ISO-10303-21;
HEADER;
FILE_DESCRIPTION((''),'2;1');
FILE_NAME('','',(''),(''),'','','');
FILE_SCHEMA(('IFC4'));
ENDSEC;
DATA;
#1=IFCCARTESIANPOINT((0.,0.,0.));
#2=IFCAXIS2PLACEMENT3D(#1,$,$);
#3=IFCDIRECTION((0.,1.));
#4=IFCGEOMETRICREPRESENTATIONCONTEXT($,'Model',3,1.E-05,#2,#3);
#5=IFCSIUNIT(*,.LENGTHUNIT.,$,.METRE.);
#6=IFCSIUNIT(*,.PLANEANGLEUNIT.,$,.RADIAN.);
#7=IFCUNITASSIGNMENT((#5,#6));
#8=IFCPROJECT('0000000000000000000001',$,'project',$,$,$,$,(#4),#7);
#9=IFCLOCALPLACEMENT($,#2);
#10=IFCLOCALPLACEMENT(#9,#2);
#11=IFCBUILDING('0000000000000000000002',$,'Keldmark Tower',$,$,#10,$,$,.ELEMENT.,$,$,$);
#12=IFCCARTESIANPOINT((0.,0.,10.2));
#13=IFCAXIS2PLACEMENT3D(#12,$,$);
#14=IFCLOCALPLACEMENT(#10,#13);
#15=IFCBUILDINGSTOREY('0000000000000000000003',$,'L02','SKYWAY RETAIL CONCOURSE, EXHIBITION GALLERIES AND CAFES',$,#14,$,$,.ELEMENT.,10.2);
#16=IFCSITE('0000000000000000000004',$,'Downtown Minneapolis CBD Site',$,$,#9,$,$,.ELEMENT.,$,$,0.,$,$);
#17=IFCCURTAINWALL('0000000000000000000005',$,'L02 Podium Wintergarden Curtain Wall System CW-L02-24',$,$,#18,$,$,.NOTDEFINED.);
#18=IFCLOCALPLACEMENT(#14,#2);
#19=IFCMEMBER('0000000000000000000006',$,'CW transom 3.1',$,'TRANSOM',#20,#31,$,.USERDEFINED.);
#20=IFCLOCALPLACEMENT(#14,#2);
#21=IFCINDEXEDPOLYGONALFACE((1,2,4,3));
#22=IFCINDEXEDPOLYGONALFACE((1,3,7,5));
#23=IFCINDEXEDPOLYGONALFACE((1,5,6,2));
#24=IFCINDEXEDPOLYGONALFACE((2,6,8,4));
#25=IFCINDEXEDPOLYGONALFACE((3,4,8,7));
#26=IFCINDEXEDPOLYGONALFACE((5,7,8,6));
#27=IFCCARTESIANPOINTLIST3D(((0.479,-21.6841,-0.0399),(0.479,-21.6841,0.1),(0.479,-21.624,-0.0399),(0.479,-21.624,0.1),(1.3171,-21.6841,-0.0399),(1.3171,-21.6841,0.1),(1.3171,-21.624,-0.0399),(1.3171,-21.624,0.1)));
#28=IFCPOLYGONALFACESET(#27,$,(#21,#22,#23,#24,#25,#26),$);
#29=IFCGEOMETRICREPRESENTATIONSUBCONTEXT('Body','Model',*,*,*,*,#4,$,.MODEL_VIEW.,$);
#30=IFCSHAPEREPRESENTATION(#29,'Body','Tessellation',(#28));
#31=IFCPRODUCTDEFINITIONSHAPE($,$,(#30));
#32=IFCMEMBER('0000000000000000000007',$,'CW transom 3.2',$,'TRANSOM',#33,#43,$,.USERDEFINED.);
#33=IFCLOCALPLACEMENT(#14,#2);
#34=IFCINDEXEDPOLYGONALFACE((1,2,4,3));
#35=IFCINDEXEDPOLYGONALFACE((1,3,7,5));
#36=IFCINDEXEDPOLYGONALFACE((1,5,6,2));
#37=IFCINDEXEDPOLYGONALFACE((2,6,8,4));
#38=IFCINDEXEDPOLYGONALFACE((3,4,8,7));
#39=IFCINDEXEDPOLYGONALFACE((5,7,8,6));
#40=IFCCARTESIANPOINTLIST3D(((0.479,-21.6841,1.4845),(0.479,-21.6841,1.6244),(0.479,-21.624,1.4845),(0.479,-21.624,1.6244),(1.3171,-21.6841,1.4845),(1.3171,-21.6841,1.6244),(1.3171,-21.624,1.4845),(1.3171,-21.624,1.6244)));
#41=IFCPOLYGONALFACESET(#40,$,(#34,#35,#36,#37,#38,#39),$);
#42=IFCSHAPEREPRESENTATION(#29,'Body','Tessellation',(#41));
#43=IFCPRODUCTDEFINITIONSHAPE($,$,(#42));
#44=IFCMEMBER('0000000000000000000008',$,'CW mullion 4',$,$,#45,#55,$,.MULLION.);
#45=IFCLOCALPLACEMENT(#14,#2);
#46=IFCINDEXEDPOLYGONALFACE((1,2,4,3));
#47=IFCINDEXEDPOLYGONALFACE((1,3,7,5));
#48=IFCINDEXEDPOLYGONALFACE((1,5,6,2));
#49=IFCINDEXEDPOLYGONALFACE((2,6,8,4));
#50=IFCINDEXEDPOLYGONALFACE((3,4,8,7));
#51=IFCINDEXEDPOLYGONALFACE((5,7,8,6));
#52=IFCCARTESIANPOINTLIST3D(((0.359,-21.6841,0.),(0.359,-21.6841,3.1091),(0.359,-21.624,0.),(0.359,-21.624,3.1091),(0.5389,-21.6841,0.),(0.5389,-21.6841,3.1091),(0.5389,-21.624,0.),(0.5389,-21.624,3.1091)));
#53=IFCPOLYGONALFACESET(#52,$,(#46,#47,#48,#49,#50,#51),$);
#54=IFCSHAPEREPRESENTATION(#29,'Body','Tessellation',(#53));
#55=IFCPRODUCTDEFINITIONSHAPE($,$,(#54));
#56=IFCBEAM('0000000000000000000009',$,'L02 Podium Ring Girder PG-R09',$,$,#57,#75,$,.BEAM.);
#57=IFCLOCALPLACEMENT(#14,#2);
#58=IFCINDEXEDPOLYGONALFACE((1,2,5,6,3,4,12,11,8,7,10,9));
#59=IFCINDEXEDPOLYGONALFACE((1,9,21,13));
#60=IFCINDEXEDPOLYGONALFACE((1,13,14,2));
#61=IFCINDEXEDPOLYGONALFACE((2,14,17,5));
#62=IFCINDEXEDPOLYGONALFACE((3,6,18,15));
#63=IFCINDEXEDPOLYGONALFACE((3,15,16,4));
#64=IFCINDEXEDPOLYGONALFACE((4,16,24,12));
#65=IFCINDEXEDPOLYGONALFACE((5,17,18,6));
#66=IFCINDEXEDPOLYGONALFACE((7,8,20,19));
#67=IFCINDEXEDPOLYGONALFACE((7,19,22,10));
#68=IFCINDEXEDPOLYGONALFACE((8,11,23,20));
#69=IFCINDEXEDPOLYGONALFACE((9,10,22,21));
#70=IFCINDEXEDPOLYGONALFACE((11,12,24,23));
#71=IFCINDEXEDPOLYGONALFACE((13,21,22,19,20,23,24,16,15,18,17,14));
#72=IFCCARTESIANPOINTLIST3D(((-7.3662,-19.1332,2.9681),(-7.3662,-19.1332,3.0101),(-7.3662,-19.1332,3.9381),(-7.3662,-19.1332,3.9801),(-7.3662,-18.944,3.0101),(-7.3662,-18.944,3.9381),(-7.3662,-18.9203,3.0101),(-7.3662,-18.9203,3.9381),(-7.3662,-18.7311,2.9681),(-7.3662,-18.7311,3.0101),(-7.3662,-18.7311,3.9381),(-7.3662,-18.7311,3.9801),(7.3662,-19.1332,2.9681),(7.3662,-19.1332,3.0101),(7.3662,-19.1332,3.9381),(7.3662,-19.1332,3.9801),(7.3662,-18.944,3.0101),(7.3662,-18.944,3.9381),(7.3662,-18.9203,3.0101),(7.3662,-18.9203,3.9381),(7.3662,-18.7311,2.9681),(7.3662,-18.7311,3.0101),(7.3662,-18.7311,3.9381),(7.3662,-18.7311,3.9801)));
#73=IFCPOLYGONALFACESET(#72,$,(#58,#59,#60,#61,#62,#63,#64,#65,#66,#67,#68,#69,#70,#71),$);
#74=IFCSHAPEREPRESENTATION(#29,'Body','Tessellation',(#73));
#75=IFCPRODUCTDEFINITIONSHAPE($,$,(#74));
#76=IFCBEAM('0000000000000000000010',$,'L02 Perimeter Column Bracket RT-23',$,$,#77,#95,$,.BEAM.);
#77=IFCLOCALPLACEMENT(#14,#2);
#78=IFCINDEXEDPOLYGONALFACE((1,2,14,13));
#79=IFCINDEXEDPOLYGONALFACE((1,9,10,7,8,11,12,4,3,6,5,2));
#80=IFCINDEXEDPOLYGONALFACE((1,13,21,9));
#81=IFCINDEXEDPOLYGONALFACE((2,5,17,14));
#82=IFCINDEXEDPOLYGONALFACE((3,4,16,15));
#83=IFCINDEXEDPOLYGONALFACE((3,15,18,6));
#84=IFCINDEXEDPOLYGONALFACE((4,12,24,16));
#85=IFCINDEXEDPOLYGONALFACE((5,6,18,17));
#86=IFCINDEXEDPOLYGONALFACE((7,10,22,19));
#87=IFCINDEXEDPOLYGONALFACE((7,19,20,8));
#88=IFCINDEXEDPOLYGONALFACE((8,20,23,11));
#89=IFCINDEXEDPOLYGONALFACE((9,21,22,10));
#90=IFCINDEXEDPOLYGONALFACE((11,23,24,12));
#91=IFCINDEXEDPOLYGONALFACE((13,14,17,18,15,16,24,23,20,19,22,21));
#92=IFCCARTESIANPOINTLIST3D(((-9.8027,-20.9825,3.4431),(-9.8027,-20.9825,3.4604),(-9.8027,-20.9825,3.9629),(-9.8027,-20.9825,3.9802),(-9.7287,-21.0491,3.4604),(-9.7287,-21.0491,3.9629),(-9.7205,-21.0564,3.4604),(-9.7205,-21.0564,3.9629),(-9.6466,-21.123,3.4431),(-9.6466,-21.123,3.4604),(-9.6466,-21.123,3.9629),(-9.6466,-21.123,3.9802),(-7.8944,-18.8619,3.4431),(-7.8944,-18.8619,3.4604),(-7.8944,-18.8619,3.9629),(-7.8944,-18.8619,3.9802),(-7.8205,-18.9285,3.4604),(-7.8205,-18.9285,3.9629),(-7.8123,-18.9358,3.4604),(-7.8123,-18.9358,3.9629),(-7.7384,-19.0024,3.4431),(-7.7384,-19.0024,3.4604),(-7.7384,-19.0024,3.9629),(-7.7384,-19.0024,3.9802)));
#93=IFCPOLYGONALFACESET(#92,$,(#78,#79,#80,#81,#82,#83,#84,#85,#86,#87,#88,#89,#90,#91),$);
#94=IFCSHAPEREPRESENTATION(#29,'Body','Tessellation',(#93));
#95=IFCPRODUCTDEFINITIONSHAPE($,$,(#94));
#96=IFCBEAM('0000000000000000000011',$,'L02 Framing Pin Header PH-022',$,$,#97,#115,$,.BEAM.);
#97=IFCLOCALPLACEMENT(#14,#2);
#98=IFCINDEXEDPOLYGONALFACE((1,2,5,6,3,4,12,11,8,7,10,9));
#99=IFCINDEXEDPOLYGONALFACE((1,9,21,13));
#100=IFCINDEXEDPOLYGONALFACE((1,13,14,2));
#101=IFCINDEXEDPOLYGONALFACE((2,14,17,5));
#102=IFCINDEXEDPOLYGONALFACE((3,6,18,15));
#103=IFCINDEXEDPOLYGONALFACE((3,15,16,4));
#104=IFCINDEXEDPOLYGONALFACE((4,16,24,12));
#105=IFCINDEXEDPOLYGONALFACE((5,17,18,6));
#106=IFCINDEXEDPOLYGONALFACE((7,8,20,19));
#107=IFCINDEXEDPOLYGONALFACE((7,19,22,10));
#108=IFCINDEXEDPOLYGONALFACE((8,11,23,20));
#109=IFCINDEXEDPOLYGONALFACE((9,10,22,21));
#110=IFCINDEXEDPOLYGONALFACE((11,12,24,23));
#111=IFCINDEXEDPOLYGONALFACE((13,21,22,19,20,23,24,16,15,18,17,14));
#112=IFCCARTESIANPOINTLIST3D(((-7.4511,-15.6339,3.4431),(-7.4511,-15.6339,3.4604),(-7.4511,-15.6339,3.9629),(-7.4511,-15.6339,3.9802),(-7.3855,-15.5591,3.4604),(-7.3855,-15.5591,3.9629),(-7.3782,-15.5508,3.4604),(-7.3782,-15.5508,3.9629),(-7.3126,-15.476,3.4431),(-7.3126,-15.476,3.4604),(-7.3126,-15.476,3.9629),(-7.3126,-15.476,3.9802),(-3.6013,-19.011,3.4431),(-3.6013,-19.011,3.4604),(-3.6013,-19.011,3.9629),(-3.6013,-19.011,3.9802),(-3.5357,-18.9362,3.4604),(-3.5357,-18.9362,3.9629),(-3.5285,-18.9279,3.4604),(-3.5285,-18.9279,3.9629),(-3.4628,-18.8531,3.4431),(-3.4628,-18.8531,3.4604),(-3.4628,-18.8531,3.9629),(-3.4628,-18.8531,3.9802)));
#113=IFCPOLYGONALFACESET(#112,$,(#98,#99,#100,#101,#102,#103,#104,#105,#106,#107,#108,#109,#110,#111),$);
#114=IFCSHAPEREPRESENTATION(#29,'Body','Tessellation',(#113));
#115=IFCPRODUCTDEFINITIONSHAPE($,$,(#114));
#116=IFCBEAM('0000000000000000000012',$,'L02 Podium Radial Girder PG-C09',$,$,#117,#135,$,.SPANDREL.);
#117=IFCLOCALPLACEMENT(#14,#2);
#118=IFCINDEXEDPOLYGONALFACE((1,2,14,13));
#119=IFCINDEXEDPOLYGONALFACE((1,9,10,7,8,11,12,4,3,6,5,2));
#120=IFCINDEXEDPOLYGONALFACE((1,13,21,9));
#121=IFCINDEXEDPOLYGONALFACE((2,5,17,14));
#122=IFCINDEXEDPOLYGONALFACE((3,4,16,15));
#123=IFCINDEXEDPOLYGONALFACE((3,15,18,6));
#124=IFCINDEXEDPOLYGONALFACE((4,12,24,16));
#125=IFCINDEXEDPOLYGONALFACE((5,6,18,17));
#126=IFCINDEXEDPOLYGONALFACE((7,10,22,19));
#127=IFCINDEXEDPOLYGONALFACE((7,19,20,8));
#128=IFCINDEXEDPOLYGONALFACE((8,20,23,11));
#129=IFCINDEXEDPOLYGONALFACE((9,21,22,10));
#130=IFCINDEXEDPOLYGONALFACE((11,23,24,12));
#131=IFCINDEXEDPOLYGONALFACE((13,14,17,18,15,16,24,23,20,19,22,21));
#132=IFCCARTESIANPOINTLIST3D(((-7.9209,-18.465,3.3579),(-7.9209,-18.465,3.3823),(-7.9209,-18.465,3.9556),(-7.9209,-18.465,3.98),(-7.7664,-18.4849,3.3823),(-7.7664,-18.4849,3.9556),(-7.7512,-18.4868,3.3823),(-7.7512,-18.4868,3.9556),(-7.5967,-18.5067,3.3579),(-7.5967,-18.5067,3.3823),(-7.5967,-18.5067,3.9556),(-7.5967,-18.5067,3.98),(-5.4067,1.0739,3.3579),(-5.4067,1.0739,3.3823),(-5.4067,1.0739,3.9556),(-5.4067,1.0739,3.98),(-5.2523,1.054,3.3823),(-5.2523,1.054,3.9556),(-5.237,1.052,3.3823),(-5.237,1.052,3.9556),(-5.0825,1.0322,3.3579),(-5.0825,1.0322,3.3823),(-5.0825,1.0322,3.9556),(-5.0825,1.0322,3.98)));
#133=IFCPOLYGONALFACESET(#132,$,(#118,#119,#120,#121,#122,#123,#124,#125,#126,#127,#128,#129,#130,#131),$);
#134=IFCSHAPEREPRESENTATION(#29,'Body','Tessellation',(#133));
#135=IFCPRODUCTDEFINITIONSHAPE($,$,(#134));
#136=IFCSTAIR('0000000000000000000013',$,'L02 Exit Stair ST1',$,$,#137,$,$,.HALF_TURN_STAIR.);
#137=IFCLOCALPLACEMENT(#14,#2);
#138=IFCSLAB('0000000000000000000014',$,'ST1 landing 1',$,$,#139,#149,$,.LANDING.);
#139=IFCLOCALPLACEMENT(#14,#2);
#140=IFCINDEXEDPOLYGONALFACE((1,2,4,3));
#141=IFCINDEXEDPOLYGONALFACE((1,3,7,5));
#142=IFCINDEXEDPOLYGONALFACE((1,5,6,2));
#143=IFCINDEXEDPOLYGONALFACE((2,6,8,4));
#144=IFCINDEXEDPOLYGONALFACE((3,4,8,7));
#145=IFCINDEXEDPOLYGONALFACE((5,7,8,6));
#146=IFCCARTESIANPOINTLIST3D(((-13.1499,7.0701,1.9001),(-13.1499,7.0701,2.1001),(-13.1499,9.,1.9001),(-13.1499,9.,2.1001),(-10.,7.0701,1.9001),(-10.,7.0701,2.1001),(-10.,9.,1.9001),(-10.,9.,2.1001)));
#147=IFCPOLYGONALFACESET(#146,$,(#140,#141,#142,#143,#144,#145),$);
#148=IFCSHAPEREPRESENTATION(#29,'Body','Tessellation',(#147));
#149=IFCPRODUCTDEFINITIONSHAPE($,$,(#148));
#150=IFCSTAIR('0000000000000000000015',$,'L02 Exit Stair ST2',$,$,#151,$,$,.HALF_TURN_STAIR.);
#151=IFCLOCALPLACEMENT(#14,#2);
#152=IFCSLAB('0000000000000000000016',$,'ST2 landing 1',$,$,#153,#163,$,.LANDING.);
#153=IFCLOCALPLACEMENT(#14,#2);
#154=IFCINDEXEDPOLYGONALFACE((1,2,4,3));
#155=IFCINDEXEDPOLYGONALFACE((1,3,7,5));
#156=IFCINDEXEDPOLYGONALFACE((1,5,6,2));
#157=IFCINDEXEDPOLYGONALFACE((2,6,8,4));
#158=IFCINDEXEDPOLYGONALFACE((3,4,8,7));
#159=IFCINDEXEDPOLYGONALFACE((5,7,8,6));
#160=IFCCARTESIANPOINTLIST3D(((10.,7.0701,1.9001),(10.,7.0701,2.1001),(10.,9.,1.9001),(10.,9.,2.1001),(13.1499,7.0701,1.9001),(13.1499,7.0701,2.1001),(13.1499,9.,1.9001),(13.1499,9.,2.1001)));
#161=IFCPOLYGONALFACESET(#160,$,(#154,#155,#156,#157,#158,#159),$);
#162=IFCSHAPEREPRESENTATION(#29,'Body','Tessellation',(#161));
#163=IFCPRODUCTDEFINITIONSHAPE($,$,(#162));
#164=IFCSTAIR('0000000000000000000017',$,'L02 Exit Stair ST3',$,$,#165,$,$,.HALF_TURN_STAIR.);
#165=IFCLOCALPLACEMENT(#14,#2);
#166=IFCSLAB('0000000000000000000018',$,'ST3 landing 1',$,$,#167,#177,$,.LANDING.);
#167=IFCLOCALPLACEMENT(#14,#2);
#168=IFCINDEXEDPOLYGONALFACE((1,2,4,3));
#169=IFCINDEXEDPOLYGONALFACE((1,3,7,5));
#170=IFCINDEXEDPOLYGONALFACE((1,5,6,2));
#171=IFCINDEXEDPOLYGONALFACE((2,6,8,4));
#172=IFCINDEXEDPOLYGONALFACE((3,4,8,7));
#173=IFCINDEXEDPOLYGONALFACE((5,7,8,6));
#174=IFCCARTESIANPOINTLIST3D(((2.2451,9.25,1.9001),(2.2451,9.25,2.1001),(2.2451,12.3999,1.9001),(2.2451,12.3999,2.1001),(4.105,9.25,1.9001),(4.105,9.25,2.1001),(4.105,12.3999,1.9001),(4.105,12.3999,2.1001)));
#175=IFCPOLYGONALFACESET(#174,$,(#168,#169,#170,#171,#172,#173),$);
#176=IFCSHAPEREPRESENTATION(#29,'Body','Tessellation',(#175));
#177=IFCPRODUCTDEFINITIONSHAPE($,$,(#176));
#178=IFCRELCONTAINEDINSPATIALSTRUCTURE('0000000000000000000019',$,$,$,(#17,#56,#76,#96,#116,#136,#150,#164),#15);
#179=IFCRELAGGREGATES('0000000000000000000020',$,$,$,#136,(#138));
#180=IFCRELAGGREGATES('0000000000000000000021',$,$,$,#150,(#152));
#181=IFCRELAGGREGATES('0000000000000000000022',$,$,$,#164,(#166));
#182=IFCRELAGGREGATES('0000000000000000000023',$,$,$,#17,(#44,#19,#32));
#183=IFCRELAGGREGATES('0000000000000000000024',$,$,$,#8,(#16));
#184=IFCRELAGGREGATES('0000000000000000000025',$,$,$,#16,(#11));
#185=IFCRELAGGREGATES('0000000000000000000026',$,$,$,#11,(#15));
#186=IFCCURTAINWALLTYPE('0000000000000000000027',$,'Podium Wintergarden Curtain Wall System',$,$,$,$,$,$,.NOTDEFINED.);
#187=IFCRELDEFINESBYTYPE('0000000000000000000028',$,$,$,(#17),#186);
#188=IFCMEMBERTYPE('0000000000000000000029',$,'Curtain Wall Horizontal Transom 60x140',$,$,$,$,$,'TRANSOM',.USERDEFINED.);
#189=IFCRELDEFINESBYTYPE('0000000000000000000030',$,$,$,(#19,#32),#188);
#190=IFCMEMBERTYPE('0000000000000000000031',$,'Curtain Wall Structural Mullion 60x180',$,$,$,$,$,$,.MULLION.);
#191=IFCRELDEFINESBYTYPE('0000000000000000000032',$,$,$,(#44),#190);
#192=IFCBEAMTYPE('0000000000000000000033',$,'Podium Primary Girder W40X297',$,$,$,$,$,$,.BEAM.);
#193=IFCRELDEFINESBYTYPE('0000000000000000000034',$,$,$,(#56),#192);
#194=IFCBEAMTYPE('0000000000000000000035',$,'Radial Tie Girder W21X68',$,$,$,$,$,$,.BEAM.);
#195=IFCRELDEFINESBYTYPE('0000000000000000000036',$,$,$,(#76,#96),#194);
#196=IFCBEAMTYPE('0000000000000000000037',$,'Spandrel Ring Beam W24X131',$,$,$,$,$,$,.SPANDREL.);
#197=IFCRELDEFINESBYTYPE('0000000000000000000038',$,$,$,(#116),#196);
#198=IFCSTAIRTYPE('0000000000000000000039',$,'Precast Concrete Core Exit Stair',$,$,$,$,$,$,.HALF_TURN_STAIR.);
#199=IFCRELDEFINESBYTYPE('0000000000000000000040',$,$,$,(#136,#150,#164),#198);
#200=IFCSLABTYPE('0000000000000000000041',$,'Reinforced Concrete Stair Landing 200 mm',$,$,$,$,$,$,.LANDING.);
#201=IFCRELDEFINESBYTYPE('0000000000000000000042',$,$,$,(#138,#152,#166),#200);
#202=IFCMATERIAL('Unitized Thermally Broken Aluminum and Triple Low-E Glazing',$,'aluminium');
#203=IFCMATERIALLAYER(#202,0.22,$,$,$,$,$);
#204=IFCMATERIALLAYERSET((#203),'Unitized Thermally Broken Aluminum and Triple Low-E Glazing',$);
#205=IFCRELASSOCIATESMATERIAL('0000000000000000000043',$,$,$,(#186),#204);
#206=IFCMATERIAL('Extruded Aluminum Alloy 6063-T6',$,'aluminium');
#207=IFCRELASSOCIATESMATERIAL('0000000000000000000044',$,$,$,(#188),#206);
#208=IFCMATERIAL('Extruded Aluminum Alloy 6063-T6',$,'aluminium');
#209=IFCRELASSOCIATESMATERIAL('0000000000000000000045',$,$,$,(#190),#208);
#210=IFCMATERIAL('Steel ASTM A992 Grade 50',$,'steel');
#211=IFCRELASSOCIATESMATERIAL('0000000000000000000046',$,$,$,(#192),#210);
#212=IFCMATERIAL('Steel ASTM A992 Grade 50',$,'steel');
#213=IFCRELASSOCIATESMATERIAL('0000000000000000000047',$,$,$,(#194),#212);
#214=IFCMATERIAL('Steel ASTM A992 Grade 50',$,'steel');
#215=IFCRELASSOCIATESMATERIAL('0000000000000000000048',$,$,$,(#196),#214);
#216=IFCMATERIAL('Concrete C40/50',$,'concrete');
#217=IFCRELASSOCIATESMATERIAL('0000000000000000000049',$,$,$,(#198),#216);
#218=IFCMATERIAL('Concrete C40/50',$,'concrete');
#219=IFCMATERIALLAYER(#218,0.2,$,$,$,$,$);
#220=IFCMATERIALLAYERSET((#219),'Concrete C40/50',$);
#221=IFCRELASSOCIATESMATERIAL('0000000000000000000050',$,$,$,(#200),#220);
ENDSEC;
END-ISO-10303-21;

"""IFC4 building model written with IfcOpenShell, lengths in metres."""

from ifc_helpers import new_model, si_unit, direction, frame, origin, origin_2d, place, context, subcontext, project, spatial, polyline, rectangle, i_section, outline, extrude, material, layer, layer_set, material_profile, profile_set, type_object, element, aggregate, save


model = new_model("IFC4")

# Units and contexts
model_context = context("Model", 3, precision=1e-05, world=origin(), true_north=direction((0.0, 1.0)))
body_context = subcontext(model_context, "Body", "Model", "MODEL_VIEW")
ifc_project = project(units=[si_unit("LENGTHUNIT", "METRE"), si_unit("PLANEANGLEUNIT", "RADIAN")], contexts=[model_context])

# Site, building, storey
site_placement = place(None, origin())
site = spatial("IfcSite", under=ifc_project, at=site_placement, Name="Downtown Minneapolis CBD Site", CompositionType="ELEMENT", RefElevation=0.0)
building_placement = place(site_placement, origin())
building = spatial("IfcBuilding", under=site, at=building_placement, Name="Keldmark Tower", CompositionType="ELEMENT")
storey_placement = place(building_placement, frame((0.0, 0.0, 10.2)))
storey = spatial("IfcBuildingStorey", under=building, at=storey_placement, Name="L02", Description="SKYWAY RETAIL CONCOURSE, EXHIBITION GALLERIES AND CAFES", CompositionType="ELEMENT", Elevation=10.2)

# Curtain wall, members
ifc_material_1 = material(Name="Unitized Thermally Broken Aluminum and Triple Low-E Glazing", Category="aluminium")
ifc_layer_1 = layer(ifc_material_1, 0.22)
ifc_layer_set_1 = layer_set([ifc_layer_1], Name="Unitized Thermally Broken Aluminum and Triple Low-E Glazing")
curtain_wall_type = type_object("IfcCurtainWallType", Name="Podium Wintergarden Curtain Wall System", PredefinedType="NOTDEFINED", material=ifc_layer_set_1)
curtain_wall_placement = place(storey_placement, origin())
curtain_wall = element("IfcCurtainWall", 1, at=curtain_wall_placement, inside=storey, type_object=curtain_wall_type, Name="L02 Podium Wintergarden Curtain Wall System CW-L02-24", PredefinedType="NOTDEFINED")
ifc_material_2 = material(Name="Extruded Aluminum Alloy 6063-T6", Category="aluminium")
ifc_material_profile_1 = material_profile(ifc_material_2, rectangle(XDim=0.0601, YDim=0.1399, at=origin_2d()), Name="CWT60X140")
ifc_profile_set_1 = profile_set([ifc_material_profile_1], Name="Extruded Aluminum Alloy 6063-T6")
member_type_1 = type_object("IfcMemberType", Name="Curtain Wall Horizontal Transom 60x140", ElementType="TRANSOM", PredefinedType="USERDEFINED", material=ifc_profile_set_1)
member_1_placement = place(storey_placement, frame((1.3171, -21.6541, 0.03), z_axis=(-1.0, 0.0, 0.0), x_axis=(0.0, -1.0, 0.0)))
member_1 = element("IfcMember", 2, at=member_1_placement, type_object=member_type_1, Name="CW transom 3.1", ObjectType="TRANSOM", PredefinedType="USERDEFINED", context=body_context, shape_type="SweptSolid", body=[
    extrude(rectangle(XDim=0.0601, YDim=0.1399, at=origin_2d()), origin(), (0.0, 0.0, 1.0), 0.8381),
])
member_2_placement = place(storey_placement, frame((1.3171, -21.6541, 1.5544), z_axis=(-1.0, 0.0, 0.0), x_axis=(0.0, -1.0, 0.0)))
member_2 = element("IfcMember", 3, at=member_2_placement, type_object=member_type_1, Name="CW transom 3.2", ObjectType="TRANSOM", PredefinedType="USERDEFINED", context=body_context, shape_type="SweptSolid", body=[
    extrude(rectangle(XDim=0.0601, YDim=0.1399, at=origin_2d()), origin(), (0.0, 0.0, 1.0), 0.8381),
])
ifc_material_3 = material(Name="Extruded Aluminum Alloy 6063-T6", Category="aluminium")
ifc_material_profile_2 = material_profile(ifc_material_3, rectangle(XDim=0.0601, YDim=0.1799, at=origin_2d()), Name="CWM60X180")
ifc_profile_set_2 = profile_set([ifc_material_profile_2], Name="Extruded Aluminum Alloy 6063-T6")
member_type_2 = type_object("IfcMemberType", Name="Curtain Wall Structural Mullion 60x180", PredefinedType="MULLION", material=ifc_profile_set_2)
member_3_placement = place(storey_placement, frame((0.449, -21.6541, 0.0), z_axis=(0.0, 0.0, 1.0), x_axis=(0.0, -1.0, 0.0)))
member_3 = element("IfcMember", 4, at=member_3_placement, type_object=member_type_2, Name="CW mullion 4", PredefinedType="MULLION", context=body_context, shape_type="SweptSolid", body=[
    extrude(rectangle(XDim=0.0601, YDim=0.1799, at=origin_2d()), origin(), (0.0, 0.0, 1.0), 3.1091),
])

# Beams
ifc_material_4 = material(Name="Steel ASTM A992 Grade 50", Category="steel")
ifc_material_profile_3 = material_profile(ifc_material_4, i_section(OverallWidth=0.4021, OverallDepth=1.012, WebThickness=0.0237, FlangeThickness=0.042, at=origin_2d()), Name="W40X297")
ifc_profile_set_3 = profile_set([ifc_material_profile_3], Name="Steel ASTM A992 Grade 50")
beam_type_1 = type_object("IfcBeamType", Name="Podium Primary Girder W40X297", PredefinedType="BEAM", material=ifc_profile_set_3)
beam_1_placement = place(storey_placement, frame((-7.3662, -18.9321, 3.4741), z_axis=(1.0, 0.0, 0.0), x_axis=(0.0, 1.0, 0.0)))
element("IfcBeam", 5, at=beam_1_placement, inside=storey, type_object=beam_type_1, Name="L02 Podium Ring Girder PG-R09", PredefinedType="BEAM", context=body_context, shape_type="SweptSolid", body=[
    extrude(i_section(OverallWidth=0.4021, OverallDepth=1.012, WebThickness=0.0237, FlangeThickness=0.042, at=origin_2d()), origin(), (0.0, 0.0, 1.0), 14.7324),
])
ifc_material_5 = material(Name="Steel ASTM A992 Grade 50", Category="steel")
ifc_material_profile_4 = material_profile(ifc_material_5, i_section(OverallWidth=0.21, OverallDepth=0.5371, WebThickness=0.011, FlangeThickness=0.0173, at=origin_2d()), Name="W21X68")
ifc_profile_set_4 = profile_set([ifc_material_profile_4], Name="Steel ASTM A992 Grade 50")
beam_type_2 = type_object("IfcBeamType", Name="Radial Tie Girder W21X68", PredefinedType="BEAM", material=ifc_profile_set_4)
beam_2_placement = place(storey_placement, frame((-7.8164, -18.9321, 3.7117), z_axis=(-0.668899, -0.743354, 0.0), x_axis=(0.743354, -0.668899, 0.0)))
element("IfcBeam", 6, at=beam_2_placement, inside=storey, type_object=beam_type_2, Name="L02 Perimeter Column Bracket RT-23", PredefinedType="BEAM", context=body_context, shape_type="SweptSolid", body=[
    extrude(i_section(OverallWidth=0.21, OverallDepth=0.5371, WebThickness=0.011, FlangeThickness=0.0173, at=origin_2d()), origin(), (0.0, 0.0, 1.0), 2.8528),
])
beam_3_placement = place(storey_placement, frame((-7.3818, -15.5549, 3.7117), z_axis=(0.751746, -0.659452, 0.0), x_axis=(0.659452, 0.751746, 0.0)))
element("IfcBeam", 7, at=beam_3_placement, inside=storey, type_object=beam_type_2, Name="L02 Framing Pin Header PH-022", PredefinedType="BEAM", context=body_context, shape_type="SweptSolid", body=[
    extrude(i_section(OverallWidth=0.21, OverallDepth=0.5371, WebThickness=0.011, FlangeThickness=0.0173, at=origin_2d()), origin(), (0.0, 0.0, 1.0), 5.1211),
])
ifc_material_6 = material(Name="Steel ASTM A992 Grade 50", Category="steel")
ifc_material_profile_5 = material_profile(ifc_material_6, i_section(OverallWidth=0.3269, OverallDepth=0.6221, WebThickness=0.0154, FlangeThickness=0.0244, at=origin_2d()), Name="W24X131")
ifc_profile_set_5 = profile_set([ifc_material_profile_5], Name="Steel ASTM A992 Grade 50")
beam_type_3 = type_object("IfcBeamType", Name="Spandrel Ring Beam W24X131", PredefinedType="SPANDREL", material=ifc_profile_set_5)
beam_4_placement = place(storey_placement, frame((-7.7588, -18.4858, 3.6689), z_axis=(0.127623, 0.991823, 0.0), x_axis=(-0.991823, 0.127623, 0.0)))
element("IfcBeam", 8, at=beam_4_placement, inside=storey, type_object=beam_type_3, Name="L02 Podium Radial Girder PG-C09", PredefinedType="SPANDREL", context=body_context, shape_type="SweptSolid", body=[
    extrude(i_section(OverallWidth=0.3269, OverallDepth=0.6221, WebThickness=0.0154, FlangeThickness=0.0244, at=origin_2d()), origin(), (0.0, 0.0, 1.0), 19.7),
])

# Stairs, slabs
ifc_material_7 = material(Name="Concrete C40/50", Category="concrete")
stair_type = type_object("IfcStairType", Name="Precast Concrete Core Exit Stair", PredefinedType="HALF_TURN_STAIR", material=ifc_material_7)
stair_1_placement = place(storey_placement, origin())
stair_1 = element("IfcStair", 9, at=stair_1_placement, inside=storey, type_object=stair_type, Name="L02 Exit Stair ST1", PredefinedType="HALF_TURN_STAIR")
ifc_material_8 = material(Name="Concrete C40/50", Category="concrete")
ifc_layer_2 = layer(ifc_material_8, 0.2)
ifc_layer_set_2 = layer_set([ifc_layer_2], Name="Concrete C40/50")
slab_type_1 = type_object("IfcSlabType", Name="Reinforced Concrete Stair Landing 200 mm", PredefinedType="LANDING", material=ifc_layer_set_2)
slab_1_placement = place(storey_placement, frame((0.0, 0.0, 1.9001)))
slab_1 = element("IfcSlab", 10, at=slab_1_placement, type_object=slab_type_1, Name="ST1 landing 1", PredefinedType="LANDING", context=body_context, shape_type="SweptSolid", body=[
    extrude(outline(polyline([(-10.0, 7.0701), (-10.0, 9.0), (-13.1499, 9.0), (-13.1499, 7.0701), (-10.0, 7.0701)])), origin(), (0.0, 0.0, 1.0), 0.2),
])
aggregate(stair_1, [slab_1])
stair_2_placement = place(storey_placement, origin())
stair_2 = element("IfcStair", 11, at=stair_2_placement, inside=storey, type_object=stair_type, Name="L02 Exit Stair ST2", PredefinedType="HALF_TURN_STAIR")
slab_2_placement = place(storey_placement, frame((0.0, 0.0, 1.9001)))
slab_2 = element("IfcSlab", 12, at=slab_2_placement, type_object=slab_type_1, Name="ST2 landing 1", PredefinedType="LANDING", context=body_context, shape_type="SweptSolid", body=[
    extrude(outline(polyline([(13.1499, 7.0701), (13.1499, 9.0), (10.0, 9.0), (10.0, 7.0701), (13.1499, 7.0701)])), origin(), (0.0, 0.0, 1.0), 0.2),
])
aggregate(stair_2, [slab_2])
stair_3_placement = place(storey_placement, origin())
stair_3 = element("IfcStair", 13, at=stair_3_placement, inside=storey, type_object=stair_type, Name="L02 Exit Stair ST3", PredefinedType="HALF_TURN_STAIR")
slab_3_placement = place(storey_placement, frame((0.0, 0.0, 1.9001)))
slab_3 = element("IfcSlab", 14, at=slab_3_placement, type_object=slab_type_1, Name="ST3 landing 1", PredefinedType="LANDING", context=body_context, shape_type="SweptSolid", body=[
    extrude(outline(polyline([(2.2451, 9.25), (4.105, 9.25), (4.105, 12.3999), (2.2451, 12.3999), (2.2451, 9.25)])), origin(), (0.0, 0.0, 1.0), 0.2),
])
aggregate(stair_3, [slab_3])

aggregate(curtain_wall, [member_3, member_1, member_2])

save(model, "model.ifc")
